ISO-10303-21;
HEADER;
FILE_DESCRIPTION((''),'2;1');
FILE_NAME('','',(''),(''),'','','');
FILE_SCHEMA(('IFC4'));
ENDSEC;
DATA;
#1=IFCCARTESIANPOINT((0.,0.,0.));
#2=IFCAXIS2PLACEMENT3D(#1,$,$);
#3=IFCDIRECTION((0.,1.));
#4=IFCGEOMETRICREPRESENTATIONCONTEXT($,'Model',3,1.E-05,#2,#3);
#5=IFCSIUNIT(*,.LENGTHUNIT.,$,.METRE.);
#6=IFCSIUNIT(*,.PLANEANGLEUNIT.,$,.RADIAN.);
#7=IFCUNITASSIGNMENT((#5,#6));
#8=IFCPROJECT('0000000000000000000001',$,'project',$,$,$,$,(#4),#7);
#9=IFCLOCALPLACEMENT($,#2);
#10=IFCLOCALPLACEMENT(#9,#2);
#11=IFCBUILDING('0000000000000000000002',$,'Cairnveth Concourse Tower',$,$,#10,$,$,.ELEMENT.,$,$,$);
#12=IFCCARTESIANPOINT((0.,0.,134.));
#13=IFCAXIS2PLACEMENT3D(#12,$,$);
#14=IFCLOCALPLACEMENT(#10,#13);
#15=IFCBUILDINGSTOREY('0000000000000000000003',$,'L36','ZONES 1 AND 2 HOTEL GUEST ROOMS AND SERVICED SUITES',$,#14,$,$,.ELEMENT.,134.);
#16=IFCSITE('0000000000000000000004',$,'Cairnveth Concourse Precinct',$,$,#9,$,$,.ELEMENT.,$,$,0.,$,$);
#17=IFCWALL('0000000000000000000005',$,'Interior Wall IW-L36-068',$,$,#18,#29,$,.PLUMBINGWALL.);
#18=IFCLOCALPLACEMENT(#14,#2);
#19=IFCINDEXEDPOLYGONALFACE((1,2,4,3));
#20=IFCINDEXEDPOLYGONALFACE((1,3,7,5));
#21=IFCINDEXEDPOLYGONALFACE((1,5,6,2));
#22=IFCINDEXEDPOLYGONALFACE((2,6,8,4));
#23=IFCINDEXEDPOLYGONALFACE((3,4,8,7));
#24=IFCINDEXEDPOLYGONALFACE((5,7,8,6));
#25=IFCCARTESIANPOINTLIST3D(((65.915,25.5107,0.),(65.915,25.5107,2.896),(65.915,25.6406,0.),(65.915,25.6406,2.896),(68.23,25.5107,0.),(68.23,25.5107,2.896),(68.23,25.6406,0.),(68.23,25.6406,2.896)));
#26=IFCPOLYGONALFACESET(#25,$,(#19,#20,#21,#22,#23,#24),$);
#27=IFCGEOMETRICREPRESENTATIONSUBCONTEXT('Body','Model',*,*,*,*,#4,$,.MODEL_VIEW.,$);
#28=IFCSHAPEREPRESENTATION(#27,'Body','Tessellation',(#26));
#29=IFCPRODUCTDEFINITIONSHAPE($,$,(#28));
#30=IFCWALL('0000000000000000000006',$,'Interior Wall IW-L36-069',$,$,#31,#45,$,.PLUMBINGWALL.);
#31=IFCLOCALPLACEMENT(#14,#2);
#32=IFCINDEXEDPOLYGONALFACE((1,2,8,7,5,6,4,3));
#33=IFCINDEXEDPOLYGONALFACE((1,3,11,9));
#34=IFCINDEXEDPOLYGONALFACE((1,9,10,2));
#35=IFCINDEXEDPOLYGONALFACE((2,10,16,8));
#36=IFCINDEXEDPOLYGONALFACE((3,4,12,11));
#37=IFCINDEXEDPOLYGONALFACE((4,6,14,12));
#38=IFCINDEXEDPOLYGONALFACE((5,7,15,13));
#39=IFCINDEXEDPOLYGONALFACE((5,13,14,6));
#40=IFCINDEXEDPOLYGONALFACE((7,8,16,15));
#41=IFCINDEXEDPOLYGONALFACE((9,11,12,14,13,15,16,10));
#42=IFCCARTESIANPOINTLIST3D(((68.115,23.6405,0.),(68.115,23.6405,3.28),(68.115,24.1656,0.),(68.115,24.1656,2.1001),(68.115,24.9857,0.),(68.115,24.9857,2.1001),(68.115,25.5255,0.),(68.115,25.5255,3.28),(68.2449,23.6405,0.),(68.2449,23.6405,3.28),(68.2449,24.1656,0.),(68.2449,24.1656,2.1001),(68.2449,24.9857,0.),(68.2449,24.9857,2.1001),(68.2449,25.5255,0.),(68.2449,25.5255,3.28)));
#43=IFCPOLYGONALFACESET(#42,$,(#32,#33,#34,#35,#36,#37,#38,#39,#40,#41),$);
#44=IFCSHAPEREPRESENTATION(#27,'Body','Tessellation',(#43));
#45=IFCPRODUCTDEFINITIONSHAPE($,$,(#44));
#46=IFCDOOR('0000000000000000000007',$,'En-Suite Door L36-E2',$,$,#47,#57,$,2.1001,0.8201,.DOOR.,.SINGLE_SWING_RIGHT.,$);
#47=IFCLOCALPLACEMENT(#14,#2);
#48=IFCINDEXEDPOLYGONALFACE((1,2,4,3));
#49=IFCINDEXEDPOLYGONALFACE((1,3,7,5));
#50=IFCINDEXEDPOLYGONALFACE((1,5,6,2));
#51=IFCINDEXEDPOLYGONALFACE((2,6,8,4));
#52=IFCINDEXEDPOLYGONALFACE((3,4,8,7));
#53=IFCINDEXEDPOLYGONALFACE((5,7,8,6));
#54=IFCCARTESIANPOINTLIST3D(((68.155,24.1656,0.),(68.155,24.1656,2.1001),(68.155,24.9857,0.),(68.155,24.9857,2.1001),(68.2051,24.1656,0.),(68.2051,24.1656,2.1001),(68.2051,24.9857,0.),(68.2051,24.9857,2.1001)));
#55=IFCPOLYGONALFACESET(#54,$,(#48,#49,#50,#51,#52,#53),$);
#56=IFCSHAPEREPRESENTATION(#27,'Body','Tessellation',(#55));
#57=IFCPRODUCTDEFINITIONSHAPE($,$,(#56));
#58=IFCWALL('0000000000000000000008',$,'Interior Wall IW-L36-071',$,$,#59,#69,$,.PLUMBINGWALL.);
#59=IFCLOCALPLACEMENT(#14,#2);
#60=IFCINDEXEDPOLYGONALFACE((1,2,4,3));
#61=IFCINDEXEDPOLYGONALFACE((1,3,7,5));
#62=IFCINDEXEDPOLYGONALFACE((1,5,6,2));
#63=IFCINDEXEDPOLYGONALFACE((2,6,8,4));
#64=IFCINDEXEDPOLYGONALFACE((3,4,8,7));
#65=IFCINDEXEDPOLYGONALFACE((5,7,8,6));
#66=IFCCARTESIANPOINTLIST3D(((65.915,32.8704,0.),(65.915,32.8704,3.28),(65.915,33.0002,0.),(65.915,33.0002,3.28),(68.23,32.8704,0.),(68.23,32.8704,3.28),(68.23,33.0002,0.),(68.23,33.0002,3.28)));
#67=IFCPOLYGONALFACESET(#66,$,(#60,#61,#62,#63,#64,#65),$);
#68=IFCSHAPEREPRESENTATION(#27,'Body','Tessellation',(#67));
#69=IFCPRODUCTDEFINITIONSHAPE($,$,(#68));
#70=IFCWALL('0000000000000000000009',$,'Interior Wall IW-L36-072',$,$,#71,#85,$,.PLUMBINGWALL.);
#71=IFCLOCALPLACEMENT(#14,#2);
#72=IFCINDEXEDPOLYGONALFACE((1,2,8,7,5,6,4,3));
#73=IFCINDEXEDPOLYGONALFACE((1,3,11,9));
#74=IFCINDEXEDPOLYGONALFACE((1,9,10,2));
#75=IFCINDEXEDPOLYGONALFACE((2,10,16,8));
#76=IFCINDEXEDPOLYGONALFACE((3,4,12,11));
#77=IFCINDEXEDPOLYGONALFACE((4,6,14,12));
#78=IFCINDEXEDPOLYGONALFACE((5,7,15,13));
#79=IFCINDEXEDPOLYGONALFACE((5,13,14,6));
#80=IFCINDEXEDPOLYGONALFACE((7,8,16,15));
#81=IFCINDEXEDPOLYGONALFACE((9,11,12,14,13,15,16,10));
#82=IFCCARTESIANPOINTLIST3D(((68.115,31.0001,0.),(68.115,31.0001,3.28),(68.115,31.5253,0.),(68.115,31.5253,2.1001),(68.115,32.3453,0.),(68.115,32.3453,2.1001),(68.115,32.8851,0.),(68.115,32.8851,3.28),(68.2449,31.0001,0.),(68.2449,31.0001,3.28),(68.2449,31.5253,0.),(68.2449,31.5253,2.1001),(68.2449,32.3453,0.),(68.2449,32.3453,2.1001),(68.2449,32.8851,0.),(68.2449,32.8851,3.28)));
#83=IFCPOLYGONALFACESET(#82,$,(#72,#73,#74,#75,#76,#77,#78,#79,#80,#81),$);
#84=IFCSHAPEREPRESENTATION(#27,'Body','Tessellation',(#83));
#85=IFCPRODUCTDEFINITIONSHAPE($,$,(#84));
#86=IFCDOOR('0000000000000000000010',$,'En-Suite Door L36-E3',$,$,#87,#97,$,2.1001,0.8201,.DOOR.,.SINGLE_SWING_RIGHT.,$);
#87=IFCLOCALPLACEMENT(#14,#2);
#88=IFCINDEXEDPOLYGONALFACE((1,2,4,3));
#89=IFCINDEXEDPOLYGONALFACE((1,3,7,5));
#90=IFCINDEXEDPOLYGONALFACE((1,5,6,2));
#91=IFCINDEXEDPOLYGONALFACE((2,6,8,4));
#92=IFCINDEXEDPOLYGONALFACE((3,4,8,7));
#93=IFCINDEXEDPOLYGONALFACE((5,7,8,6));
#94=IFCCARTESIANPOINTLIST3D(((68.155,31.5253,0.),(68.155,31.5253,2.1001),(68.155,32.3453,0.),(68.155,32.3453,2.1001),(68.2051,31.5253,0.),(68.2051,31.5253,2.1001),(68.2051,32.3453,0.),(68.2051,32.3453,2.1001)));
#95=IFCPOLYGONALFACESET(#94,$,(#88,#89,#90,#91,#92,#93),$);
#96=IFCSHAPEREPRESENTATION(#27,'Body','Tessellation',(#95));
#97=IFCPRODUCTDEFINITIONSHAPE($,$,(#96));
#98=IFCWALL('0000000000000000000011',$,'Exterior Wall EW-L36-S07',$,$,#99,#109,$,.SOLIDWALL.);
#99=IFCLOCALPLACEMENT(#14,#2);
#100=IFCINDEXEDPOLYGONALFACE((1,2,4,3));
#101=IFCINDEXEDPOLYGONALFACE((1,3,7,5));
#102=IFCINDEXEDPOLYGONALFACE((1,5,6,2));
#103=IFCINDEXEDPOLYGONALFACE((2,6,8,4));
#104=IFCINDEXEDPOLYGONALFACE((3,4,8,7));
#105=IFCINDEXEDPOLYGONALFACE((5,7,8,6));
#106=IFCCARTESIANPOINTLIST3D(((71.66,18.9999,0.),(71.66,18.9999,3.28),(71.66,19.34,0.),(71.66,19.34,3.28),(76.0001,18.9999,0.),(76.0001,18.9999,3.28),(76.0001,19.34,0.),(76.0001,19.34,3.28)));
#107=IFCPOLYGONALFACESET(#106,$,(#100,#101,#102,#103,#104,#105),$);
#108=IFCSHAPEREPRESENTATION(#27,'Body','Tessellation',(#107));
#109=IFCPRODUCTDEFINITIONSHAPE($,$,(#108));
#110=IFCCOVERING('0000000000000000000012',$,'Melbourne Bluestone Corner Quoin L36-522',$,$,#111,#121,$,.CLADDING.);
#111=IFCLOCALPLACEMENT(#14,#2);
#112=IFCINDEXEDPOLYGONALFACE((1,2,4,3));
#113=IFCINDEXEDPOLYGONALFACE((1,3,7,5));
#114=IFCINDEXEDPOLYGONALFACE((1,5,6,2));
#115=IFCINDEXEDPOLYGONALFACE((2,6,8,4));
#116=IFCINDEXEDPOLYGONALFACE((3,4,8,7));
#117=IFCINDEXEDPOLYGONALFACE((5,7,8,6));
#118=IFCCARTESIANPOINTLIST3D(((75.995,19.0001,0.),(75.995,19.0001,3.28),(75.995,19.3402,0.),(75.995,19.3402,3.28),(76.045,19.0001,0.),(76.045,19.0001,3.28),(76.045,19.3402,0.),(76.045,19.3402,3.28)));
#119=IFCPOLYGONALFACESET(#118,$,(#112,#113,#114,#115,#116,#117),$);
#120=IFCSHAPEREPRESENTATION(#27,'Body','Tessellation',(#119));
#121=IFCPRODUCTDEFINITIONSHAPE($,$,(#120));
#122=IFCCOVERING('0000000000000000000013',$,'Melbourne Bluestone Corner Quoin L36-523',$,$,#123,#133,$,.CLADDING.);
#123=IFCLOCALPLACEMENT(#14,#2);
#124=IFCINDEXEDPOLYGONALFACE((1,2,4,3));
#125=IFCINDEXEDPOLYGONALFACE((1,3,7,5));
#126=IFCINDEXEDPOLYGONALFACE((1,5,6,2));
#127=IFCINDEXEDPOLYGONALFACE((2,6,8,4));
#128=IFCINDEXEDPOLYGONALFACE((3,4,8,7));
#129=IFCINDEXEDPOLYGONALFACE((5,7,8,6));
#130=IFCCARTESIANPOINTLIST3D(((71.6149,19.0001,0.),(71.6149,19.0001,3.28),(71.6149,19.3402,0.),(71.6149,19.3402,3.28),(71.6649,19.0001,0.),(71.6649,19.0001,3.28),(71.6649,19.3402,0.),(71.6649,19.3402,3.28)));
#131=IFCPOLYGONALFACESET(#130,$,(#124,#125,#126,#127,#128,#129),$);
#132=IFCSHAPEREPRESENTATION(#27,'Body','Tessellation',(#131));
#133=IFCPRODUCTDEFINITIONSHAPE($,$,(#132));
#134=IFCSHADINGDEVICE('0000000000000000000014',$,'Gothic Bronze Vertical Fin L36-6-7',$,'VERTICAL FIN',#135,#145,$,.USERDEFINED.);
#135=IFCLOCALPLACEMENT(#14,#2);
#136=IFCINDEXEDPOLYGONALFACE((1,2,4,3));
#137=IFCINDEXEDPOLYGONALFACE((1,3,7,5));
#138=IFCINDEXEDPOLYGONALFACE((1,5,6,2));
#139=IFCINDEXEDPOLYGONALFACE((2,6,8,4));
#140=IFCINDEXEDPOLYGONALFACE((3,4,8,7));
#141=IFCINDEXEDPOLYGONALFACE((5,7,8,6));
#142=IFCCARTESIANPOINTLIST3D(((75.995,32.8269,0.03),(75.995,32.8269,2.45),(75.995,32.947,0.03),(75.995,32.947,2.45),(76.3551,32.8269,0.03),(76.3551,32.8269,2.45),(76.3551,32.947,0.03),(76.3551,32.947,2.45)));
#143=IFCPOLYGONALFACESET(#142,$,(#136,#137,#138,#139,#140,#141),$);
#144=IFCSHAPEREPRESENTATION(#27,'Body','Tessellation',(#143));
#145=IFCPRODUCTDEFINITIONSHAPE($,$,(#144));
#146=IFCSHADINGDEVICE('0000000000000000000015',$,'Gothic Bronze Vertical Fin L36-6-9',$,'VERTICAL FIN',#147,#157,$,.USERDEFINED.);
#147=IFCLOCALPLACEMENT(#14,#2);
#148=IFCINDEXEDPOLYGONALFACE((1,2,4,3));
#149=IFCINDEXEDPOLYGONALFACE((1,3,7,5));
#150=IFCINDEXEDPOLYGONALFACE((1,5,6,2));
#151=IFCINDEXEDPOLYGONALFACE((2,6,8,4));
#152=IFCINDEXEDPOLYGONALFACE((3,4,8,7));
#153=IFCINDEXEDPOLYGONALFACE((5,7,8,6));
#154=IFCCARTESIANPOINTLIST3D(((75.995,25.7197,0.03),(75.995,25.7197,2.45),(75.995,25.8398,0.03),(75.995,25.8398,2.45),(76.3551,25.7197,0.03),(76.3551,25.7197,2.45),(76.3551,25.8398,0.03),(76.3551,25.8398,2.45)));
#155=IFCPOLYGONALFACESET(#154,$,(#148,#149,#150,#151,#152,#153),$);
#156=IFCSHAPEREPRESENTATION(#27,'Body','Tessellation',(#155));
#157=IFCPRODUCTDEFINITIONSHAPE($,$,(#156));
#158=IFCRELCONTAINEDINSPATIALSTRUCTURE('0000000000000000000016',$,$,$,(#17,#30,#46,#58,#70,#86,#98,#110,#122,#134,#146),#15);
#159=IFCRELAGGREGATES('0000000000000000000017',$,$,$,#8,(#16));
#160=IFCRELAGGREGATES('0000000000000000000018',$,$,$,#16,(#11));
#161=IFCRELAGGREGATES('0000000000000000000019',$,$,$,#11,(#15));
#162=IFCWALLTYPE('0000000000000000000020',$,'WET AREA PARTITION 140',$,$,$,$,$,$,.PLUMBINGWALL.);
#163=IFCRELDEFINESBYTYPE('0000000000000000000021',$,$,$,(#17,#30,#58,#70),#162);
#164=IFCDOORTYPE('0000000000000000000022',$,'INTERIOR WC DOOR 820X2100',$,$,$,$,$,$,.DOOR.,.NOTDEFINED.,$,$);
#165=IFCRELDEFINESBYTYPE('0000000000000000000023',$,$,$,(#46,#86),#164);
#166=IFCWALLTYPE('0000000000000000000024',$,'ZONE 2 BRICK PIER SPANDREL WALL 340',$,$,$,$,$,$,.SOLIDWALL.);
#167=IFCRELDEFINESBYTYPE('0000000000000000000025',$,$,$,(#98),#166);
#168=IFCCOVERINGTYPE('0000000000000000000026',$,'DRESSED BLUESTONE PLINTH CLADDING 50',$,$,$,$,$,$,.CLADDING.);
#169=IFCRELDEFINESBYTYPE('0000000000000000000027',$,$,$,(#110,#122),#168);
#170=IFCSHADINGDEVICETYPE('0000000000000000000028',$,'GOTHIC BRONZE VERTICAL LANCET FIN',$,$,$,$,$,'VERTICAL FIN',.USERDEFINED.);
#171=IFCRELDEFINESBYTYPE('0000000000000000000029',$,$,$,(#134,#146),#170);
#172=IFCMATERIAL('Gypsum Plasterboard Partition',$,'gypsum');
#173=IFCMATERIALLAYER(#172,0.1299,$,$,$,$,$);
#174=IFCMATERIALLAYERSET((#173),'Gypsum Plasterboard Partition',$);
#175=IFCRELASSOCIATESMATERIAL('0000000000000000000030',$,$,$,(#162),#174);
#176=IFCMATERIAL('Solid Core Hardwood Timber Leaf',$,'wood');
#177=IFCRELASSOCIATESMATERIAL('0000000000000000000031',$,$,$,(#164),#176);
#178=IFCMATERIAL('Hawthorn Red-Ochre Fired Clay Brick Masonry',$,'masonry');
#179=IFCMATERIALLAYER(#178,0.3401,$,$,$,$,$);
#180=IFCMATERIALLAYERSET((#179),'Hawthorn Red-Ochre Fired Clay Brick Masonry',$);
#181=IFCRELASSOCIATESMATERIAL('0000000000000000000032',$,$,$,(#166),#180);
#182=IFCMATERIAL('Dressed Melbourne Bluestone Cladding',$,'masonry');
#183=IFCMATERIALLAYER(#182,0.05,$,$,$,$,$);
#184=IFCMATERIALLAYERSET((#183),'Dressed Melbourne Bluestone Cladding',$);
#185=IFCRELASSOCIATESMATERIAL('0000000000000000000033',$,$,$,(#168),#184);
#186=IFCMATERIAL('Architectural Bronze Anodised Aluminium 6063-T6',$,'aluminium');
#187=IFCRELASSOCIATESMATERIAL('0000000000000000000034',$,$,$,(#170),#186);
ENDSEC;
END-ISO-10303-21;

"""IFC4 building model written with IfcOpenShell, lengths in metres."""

from ifc_helpers import new_model, si_unit, direction, frame, frame_2d, origin, origin_2d, place, context, subcontext, project, spatial, rectangle, extrude, material, layer, layer_set, type_object, element, fill, save


model = new_model("IFC4")

# Units and contexts
model_context = context("Model", 3, precision=1e-05, world=origin(), true_north=direction((0.0, 1.0)))
body_context = subcontext(model_context, "Body", "Model", "MODEL_VIEW")
ifc_project = project(units=[si_unit("LENGTHUNIT", "METRE"), si_unit("PLANEANGLEUNIT", "RADIAN")], contexts=[model_context])

# Site, building, storey
site_placement = place(None, origin())
site = spatial("IfcSite", under=ifc_project, at=site_placement, Name="Cairnveth Concourse Precinct", CompositionType="ELEMENT", RefElevation=0.0)
building_placement = place(site_placement, origin())
building = spatial("IfcBuilding", under=site, at=building_placement, Name="Cairnveth Concourse Tower", CompositionType="ELEMENT")
storey_placement = place(building_placement, frame((0.0, 0.0, 134.0)))
storey = spatial("IfcBuildingStorey", under=building, at=storey_placement, Name="L36", Description="ZONES 1 AND 2 HOTEL GUEST ROOMS AND SERVICED SUITES", CompositionType="ELEMENT", Elevation=134.0)

# Wall
ifc_material_1 = material(Name="Gypsum Plasterboard Partition", Category="gypsum")
ifc_layer_1 = layer(ifc_material_1, 0.1299)
ifc_layer_set_1 = layer_set([ifc_layer_1], Name="Gypsum Plasterboard Partition")
wall_type_1 = type_object("IfcWallType", Name="WET AREA PARTITION 140", PredefinedType="PLUMBINGWALL", material=ifc_layer_set_1)
wall_1_placement = place(storey_placement, frame((65.915, 25.5757, 0.0), z_axis=(0.0, 0.0, 1.0), x_axis=(1.0, 0.0, 0.0)))
element("IfcWall", 1, at=wall_1_placement, inside=storey, type_object=wall_type_1, Name="Interior Wall IW-L36-068", PredefinedType="PLUMBINGWALL", context=body_context, shape_type="SweptSolid", body=[
    extrude(rectangle(XDim=2.3149, YDim=0.1299, at=frame_2d((1.1575, 0.0))), origin(), (0.0, 0.0, 1.0), 2.896),
])

# Wall, opening, door
wall_2_placement = place(storey_placement, frame((68.1799, 23.6406, 0.0), z_axis=(0.0, 0.0, 1.0), x_axis=(0.0, 1.0, 0.0)))
wall_2 = element("IfcWall", 2, at=wall_2_placement, inside=storey, type_object=wall_type_1, Name="Interior Wall IW-L36-069", PredefinedType="PLUMBINGWALL", context=body_context, shape_type="SweptSolid", body=[
    extrude(rectangle(XDim=1.885, YDim=0.1299, at=frame_2d((0.9424, 0.0))), origin(), (0.0, 0.0, 1.0), 3.28),
])
opening_1_placement = place(wall_2_placement, frame((0.5249, 0.0, 0.0)))
opening_1 = element("IfcOpeningElement", 3, at=opening_1_placement, cuts=wall_2, PredefinedType="OPENING", context=body_context, shape_type="SweptSolid", body=[
    extrude(rectangle(XDim=0.8201, YDim=2.1001, at=frame_2d((0.4102, 1.05))), frame((0.0, 0.075, 0.0), z_axis=(0.0, -1.0, 0.0), x_axis=(1.0, 0.0, 0.0)), (0.0, 0.0, 1.0), 0.1499),
])
ifc_material_2 = material(Name="Solid Core Hardwood Timber Leaf", Category="wood")
door_type = type_object("IfcDoorType", Name="INTERIOR WC DOOR 820X2100", OperationType="NOTDEFINED", PredefinedType="DOOR", material=ifc_material_2)
door_1_placement = place(opening_1_placement, origin())
door_1 = element("IfcDoor", 4, at=door_1_placement, inside=storey, type_object=door_type, Name="En-Suite Door L36-E2", OperationType="SINGLE_SWING_RIGHT", OverallHeight=2.1001, OverallWidth=0.8201, PredefinedType="DOOR", context=body_context, shape_type="SweptSolid", body=[
    extrude(rectangle(XDim=0.8201, YDim=2.1001, at=frame_2d((0.4102, 1.05))), frame((0.0, 0.0249, 0.0), z_axis=(0.0, -1.0, 0.0), x_axis=(1.0, 0.0, 0.0)), (0.0, 0.0, 1.0), 0.05),
])
fill(opening_1, door_1)

# Wall
wall_3_placement = place(storey_placement, frame((65.915, 32.9353, 0.0), z_axis=(0.0, 0.0, 1.0), x_axis=(1.0, 0.0, 0.0)))
element("IfcWall", 5, at=wall_3_placement, inside=storey, type_object=wall_type_1, Name="Interior Wall IW-L36-071", PredefinedType="PLUMBINGWALL", context=body_context, shape_type="SweptSolid", body=[
    extrude(rectangle(XDim=2.3149, YDim=0.1299, at=frame_2d((1.1575, 0.0))), origin(), (0.0, 0.0, 1.0), 3.28),
])

# Wall, opening, door
wall_4_placement = place(storey_placement, frame((68.1799, 31.0002, 0.0), z_axis=(0.0, 0.0, 1.0), x_axis=(0.0, 1.0, 0.0)))
wall_4 = element("IfcWall", 6, at=wall_4_placement, inside=storey, type_object=wall_type_1, Name="Interior Wall IW-L36-072", PredefinedType="PLUMBINGWALL", context=body_context, shape_type="SweptSolid", body=[
    extrude(rectangle(XDim=1.885, YDim=0.1299, at=frame_2d((0.9424, 0.0))), origin(), (0.0, 0.0, 1.0), 3.28),
])
opening_2_placement = place(wall_4_placement, frame((0.5249, 0.0, 0.0)))
opening_2 = element("IfcOpeningElement", 7, at=opening_2_placement, cuts=wall_4, PredefinedType="OPENING", context=body_context, shape_type="SweptSolid", body=[
    extrude(rectangle(XDim=0.8201, YDim=2.1001, at=frame_2d((0.4102, 1.05))), frame((0.0, 0.075, 0.0), z_axis=(0.0, -1.0, 0.0), x_axis=(1.0, 0.0, 0.0)), (0.0, 0.0, 1.0), 0.1499),
])
door_2_placement = place(opening_2_placement, origin())
door_2 = element("IfcDoor", 8, at=door_2_placement, inside=storey, type_object=door_type, Name="En-Suite Door L36-E3", OperationType="SINGLE_SWING_RIGHT", OverallHeight=2.1001, OverallWidth=0.8201, PredefinedType="DOOR", context=body_context, shape_type="SweptSolid", body=[
    extrude(rectangle(XDim=0.8201, YDim=2.1001, at=frame_2d((0.4102, 1.05))), frame((0.0, 0.0249, 0.0), z_axis=(0.0, -1.0, 0.0), x_axis=(1.0, 0.0, 0.0)), (0.0, 0.0, 1.0), 0.05),
])
fill(opening_2, door_2)

# Wall
ifc_material_3 = material(Name="Hawthorn Red-Ochre Fired Clay Brick Masonry", Category="masonry")
ifc_layer_2 = layer(ifc_material_3, 0.3401)
ifc_layer_set_2 = layer_set([ifc_layer_2], Name="Hawthorn Red-Ochre Fired Clay Brick Masonry")
wall_type_2 = type_object("IfcWallType", Name="ZONE 2 BRICK PIER SPANDREL WALL 340", PredefinedType="SOLIDWALL", material=ifc_layer_set_2)
wall_5_placement = place(storey_placement, frame((76.0, 19.1699, 0.0), z_axis=(0.0, 0.0, 1.0), x_axis=(-1.0, 0.0, 0.0)))
element("IfcWall", 9, at=wall_5_placement, inside=storey, type_object=wall_type_2, Name="Exterior Wall EW-L36-S07", PredefinedType="SOLIDWALL", context=body_context, shape_type="SweptSolid", body=[
    extrude(rectangle(XDim=4.3401, YDim=0.3401, at=frame_2d((2.1699, 0.0))), origin(), (0.0, 0.0, 1.0), 3.28),
])

# Coverings
ifc_material_4 = material(Name="Dressed Melbourne Bluestone Cladding", Category="masonry")
ifc_layer_3 = layer(ifc_material_4, 0.05)
ifc_layer_set_3 = layer_set([ifc_layer_3], Name="Dressed Melbourne Bluestone Cladding")
covering_type = type_object("IfcCoveringType", Name="DRESSED BLUESTONE PLINTH CLADDING 50", PredefinedType="CLADDING", material=ifc_layer_set_3)
for number, where, z_axis, x_axis, name in (
    (10, (76.02, 19.3401, 0.0), (0.0, 0.0, 1.0), (0.0, -1.0, 0.0), "Melbourne Bluestone Corner Quoin L36-522"),
    (11, (71.6399, 19.3401, 0.0), (0.0, 0.0, 1.0), (0.0, -1.0, 0.0), "Melbourne Bluestone Corner Quoin L36-523"),
):
    element("IfcCovering", number, at=place(storey_placement, frame(where, z_axis=z_axis, x_axis=x_axis)), inside=storey, type_object=covering_type, Name=name, PredefinedType="CLADDING", context=body_context, shape_type="SweptSolid", body=[
        extrude(rectangle(XDim=0.3401, YDim=0.05, at=frame_2d((0.1699, 0.0))), origin(), (0.0, 0.0, 1.0), 3.28),
    ])

# Shading devices
ifc_material_5 = material(Name="Architectural Bronze Anodised Aluminium 6063-T6", Category="aluminium")
shading_device_type = type_object("IfcShadingDeviceType", Name="GOTHIC BRONZE VERTICAL LANCET FIN", ElementType="VERTICAL FIN", PredefinedType="USERDEFINED", material=ifc_material_5)
for number, where, z_axis, x_axis, name in (
    (12, (76.175, 32.887, 0.03), (0.0, 0.0, 1.0), (0.0, 1.0, 0.0), "Gothic Bronze Vertical Fin L36-6-7"),
    (13, (76.175, 25.7798, 0.03), (0.0, 0.0, 1.0), (0.0, 1.0, 0.0), "Gothic Bronze Vertical Fin L36-6-9"),
):
    element("IfcShadingDevice", number, at=place(storey_placement, frame(where, z_axis=z_axis, x_axis=x_axis)), inside=storey, type_object=shading_device_type, Name=name, ObjectType="VERTICAL FIN", PredefinedType="USERDEFINED", context=body_context, shape_type="SweptSolid", body=[
        extrude(rectangle(XDim=0.1201, YDim=0.3601, at=origin_2d()), origin(), (0.0, 0.0, 1.0), 2.4199),
    ])

save(model, "model.ifc")
